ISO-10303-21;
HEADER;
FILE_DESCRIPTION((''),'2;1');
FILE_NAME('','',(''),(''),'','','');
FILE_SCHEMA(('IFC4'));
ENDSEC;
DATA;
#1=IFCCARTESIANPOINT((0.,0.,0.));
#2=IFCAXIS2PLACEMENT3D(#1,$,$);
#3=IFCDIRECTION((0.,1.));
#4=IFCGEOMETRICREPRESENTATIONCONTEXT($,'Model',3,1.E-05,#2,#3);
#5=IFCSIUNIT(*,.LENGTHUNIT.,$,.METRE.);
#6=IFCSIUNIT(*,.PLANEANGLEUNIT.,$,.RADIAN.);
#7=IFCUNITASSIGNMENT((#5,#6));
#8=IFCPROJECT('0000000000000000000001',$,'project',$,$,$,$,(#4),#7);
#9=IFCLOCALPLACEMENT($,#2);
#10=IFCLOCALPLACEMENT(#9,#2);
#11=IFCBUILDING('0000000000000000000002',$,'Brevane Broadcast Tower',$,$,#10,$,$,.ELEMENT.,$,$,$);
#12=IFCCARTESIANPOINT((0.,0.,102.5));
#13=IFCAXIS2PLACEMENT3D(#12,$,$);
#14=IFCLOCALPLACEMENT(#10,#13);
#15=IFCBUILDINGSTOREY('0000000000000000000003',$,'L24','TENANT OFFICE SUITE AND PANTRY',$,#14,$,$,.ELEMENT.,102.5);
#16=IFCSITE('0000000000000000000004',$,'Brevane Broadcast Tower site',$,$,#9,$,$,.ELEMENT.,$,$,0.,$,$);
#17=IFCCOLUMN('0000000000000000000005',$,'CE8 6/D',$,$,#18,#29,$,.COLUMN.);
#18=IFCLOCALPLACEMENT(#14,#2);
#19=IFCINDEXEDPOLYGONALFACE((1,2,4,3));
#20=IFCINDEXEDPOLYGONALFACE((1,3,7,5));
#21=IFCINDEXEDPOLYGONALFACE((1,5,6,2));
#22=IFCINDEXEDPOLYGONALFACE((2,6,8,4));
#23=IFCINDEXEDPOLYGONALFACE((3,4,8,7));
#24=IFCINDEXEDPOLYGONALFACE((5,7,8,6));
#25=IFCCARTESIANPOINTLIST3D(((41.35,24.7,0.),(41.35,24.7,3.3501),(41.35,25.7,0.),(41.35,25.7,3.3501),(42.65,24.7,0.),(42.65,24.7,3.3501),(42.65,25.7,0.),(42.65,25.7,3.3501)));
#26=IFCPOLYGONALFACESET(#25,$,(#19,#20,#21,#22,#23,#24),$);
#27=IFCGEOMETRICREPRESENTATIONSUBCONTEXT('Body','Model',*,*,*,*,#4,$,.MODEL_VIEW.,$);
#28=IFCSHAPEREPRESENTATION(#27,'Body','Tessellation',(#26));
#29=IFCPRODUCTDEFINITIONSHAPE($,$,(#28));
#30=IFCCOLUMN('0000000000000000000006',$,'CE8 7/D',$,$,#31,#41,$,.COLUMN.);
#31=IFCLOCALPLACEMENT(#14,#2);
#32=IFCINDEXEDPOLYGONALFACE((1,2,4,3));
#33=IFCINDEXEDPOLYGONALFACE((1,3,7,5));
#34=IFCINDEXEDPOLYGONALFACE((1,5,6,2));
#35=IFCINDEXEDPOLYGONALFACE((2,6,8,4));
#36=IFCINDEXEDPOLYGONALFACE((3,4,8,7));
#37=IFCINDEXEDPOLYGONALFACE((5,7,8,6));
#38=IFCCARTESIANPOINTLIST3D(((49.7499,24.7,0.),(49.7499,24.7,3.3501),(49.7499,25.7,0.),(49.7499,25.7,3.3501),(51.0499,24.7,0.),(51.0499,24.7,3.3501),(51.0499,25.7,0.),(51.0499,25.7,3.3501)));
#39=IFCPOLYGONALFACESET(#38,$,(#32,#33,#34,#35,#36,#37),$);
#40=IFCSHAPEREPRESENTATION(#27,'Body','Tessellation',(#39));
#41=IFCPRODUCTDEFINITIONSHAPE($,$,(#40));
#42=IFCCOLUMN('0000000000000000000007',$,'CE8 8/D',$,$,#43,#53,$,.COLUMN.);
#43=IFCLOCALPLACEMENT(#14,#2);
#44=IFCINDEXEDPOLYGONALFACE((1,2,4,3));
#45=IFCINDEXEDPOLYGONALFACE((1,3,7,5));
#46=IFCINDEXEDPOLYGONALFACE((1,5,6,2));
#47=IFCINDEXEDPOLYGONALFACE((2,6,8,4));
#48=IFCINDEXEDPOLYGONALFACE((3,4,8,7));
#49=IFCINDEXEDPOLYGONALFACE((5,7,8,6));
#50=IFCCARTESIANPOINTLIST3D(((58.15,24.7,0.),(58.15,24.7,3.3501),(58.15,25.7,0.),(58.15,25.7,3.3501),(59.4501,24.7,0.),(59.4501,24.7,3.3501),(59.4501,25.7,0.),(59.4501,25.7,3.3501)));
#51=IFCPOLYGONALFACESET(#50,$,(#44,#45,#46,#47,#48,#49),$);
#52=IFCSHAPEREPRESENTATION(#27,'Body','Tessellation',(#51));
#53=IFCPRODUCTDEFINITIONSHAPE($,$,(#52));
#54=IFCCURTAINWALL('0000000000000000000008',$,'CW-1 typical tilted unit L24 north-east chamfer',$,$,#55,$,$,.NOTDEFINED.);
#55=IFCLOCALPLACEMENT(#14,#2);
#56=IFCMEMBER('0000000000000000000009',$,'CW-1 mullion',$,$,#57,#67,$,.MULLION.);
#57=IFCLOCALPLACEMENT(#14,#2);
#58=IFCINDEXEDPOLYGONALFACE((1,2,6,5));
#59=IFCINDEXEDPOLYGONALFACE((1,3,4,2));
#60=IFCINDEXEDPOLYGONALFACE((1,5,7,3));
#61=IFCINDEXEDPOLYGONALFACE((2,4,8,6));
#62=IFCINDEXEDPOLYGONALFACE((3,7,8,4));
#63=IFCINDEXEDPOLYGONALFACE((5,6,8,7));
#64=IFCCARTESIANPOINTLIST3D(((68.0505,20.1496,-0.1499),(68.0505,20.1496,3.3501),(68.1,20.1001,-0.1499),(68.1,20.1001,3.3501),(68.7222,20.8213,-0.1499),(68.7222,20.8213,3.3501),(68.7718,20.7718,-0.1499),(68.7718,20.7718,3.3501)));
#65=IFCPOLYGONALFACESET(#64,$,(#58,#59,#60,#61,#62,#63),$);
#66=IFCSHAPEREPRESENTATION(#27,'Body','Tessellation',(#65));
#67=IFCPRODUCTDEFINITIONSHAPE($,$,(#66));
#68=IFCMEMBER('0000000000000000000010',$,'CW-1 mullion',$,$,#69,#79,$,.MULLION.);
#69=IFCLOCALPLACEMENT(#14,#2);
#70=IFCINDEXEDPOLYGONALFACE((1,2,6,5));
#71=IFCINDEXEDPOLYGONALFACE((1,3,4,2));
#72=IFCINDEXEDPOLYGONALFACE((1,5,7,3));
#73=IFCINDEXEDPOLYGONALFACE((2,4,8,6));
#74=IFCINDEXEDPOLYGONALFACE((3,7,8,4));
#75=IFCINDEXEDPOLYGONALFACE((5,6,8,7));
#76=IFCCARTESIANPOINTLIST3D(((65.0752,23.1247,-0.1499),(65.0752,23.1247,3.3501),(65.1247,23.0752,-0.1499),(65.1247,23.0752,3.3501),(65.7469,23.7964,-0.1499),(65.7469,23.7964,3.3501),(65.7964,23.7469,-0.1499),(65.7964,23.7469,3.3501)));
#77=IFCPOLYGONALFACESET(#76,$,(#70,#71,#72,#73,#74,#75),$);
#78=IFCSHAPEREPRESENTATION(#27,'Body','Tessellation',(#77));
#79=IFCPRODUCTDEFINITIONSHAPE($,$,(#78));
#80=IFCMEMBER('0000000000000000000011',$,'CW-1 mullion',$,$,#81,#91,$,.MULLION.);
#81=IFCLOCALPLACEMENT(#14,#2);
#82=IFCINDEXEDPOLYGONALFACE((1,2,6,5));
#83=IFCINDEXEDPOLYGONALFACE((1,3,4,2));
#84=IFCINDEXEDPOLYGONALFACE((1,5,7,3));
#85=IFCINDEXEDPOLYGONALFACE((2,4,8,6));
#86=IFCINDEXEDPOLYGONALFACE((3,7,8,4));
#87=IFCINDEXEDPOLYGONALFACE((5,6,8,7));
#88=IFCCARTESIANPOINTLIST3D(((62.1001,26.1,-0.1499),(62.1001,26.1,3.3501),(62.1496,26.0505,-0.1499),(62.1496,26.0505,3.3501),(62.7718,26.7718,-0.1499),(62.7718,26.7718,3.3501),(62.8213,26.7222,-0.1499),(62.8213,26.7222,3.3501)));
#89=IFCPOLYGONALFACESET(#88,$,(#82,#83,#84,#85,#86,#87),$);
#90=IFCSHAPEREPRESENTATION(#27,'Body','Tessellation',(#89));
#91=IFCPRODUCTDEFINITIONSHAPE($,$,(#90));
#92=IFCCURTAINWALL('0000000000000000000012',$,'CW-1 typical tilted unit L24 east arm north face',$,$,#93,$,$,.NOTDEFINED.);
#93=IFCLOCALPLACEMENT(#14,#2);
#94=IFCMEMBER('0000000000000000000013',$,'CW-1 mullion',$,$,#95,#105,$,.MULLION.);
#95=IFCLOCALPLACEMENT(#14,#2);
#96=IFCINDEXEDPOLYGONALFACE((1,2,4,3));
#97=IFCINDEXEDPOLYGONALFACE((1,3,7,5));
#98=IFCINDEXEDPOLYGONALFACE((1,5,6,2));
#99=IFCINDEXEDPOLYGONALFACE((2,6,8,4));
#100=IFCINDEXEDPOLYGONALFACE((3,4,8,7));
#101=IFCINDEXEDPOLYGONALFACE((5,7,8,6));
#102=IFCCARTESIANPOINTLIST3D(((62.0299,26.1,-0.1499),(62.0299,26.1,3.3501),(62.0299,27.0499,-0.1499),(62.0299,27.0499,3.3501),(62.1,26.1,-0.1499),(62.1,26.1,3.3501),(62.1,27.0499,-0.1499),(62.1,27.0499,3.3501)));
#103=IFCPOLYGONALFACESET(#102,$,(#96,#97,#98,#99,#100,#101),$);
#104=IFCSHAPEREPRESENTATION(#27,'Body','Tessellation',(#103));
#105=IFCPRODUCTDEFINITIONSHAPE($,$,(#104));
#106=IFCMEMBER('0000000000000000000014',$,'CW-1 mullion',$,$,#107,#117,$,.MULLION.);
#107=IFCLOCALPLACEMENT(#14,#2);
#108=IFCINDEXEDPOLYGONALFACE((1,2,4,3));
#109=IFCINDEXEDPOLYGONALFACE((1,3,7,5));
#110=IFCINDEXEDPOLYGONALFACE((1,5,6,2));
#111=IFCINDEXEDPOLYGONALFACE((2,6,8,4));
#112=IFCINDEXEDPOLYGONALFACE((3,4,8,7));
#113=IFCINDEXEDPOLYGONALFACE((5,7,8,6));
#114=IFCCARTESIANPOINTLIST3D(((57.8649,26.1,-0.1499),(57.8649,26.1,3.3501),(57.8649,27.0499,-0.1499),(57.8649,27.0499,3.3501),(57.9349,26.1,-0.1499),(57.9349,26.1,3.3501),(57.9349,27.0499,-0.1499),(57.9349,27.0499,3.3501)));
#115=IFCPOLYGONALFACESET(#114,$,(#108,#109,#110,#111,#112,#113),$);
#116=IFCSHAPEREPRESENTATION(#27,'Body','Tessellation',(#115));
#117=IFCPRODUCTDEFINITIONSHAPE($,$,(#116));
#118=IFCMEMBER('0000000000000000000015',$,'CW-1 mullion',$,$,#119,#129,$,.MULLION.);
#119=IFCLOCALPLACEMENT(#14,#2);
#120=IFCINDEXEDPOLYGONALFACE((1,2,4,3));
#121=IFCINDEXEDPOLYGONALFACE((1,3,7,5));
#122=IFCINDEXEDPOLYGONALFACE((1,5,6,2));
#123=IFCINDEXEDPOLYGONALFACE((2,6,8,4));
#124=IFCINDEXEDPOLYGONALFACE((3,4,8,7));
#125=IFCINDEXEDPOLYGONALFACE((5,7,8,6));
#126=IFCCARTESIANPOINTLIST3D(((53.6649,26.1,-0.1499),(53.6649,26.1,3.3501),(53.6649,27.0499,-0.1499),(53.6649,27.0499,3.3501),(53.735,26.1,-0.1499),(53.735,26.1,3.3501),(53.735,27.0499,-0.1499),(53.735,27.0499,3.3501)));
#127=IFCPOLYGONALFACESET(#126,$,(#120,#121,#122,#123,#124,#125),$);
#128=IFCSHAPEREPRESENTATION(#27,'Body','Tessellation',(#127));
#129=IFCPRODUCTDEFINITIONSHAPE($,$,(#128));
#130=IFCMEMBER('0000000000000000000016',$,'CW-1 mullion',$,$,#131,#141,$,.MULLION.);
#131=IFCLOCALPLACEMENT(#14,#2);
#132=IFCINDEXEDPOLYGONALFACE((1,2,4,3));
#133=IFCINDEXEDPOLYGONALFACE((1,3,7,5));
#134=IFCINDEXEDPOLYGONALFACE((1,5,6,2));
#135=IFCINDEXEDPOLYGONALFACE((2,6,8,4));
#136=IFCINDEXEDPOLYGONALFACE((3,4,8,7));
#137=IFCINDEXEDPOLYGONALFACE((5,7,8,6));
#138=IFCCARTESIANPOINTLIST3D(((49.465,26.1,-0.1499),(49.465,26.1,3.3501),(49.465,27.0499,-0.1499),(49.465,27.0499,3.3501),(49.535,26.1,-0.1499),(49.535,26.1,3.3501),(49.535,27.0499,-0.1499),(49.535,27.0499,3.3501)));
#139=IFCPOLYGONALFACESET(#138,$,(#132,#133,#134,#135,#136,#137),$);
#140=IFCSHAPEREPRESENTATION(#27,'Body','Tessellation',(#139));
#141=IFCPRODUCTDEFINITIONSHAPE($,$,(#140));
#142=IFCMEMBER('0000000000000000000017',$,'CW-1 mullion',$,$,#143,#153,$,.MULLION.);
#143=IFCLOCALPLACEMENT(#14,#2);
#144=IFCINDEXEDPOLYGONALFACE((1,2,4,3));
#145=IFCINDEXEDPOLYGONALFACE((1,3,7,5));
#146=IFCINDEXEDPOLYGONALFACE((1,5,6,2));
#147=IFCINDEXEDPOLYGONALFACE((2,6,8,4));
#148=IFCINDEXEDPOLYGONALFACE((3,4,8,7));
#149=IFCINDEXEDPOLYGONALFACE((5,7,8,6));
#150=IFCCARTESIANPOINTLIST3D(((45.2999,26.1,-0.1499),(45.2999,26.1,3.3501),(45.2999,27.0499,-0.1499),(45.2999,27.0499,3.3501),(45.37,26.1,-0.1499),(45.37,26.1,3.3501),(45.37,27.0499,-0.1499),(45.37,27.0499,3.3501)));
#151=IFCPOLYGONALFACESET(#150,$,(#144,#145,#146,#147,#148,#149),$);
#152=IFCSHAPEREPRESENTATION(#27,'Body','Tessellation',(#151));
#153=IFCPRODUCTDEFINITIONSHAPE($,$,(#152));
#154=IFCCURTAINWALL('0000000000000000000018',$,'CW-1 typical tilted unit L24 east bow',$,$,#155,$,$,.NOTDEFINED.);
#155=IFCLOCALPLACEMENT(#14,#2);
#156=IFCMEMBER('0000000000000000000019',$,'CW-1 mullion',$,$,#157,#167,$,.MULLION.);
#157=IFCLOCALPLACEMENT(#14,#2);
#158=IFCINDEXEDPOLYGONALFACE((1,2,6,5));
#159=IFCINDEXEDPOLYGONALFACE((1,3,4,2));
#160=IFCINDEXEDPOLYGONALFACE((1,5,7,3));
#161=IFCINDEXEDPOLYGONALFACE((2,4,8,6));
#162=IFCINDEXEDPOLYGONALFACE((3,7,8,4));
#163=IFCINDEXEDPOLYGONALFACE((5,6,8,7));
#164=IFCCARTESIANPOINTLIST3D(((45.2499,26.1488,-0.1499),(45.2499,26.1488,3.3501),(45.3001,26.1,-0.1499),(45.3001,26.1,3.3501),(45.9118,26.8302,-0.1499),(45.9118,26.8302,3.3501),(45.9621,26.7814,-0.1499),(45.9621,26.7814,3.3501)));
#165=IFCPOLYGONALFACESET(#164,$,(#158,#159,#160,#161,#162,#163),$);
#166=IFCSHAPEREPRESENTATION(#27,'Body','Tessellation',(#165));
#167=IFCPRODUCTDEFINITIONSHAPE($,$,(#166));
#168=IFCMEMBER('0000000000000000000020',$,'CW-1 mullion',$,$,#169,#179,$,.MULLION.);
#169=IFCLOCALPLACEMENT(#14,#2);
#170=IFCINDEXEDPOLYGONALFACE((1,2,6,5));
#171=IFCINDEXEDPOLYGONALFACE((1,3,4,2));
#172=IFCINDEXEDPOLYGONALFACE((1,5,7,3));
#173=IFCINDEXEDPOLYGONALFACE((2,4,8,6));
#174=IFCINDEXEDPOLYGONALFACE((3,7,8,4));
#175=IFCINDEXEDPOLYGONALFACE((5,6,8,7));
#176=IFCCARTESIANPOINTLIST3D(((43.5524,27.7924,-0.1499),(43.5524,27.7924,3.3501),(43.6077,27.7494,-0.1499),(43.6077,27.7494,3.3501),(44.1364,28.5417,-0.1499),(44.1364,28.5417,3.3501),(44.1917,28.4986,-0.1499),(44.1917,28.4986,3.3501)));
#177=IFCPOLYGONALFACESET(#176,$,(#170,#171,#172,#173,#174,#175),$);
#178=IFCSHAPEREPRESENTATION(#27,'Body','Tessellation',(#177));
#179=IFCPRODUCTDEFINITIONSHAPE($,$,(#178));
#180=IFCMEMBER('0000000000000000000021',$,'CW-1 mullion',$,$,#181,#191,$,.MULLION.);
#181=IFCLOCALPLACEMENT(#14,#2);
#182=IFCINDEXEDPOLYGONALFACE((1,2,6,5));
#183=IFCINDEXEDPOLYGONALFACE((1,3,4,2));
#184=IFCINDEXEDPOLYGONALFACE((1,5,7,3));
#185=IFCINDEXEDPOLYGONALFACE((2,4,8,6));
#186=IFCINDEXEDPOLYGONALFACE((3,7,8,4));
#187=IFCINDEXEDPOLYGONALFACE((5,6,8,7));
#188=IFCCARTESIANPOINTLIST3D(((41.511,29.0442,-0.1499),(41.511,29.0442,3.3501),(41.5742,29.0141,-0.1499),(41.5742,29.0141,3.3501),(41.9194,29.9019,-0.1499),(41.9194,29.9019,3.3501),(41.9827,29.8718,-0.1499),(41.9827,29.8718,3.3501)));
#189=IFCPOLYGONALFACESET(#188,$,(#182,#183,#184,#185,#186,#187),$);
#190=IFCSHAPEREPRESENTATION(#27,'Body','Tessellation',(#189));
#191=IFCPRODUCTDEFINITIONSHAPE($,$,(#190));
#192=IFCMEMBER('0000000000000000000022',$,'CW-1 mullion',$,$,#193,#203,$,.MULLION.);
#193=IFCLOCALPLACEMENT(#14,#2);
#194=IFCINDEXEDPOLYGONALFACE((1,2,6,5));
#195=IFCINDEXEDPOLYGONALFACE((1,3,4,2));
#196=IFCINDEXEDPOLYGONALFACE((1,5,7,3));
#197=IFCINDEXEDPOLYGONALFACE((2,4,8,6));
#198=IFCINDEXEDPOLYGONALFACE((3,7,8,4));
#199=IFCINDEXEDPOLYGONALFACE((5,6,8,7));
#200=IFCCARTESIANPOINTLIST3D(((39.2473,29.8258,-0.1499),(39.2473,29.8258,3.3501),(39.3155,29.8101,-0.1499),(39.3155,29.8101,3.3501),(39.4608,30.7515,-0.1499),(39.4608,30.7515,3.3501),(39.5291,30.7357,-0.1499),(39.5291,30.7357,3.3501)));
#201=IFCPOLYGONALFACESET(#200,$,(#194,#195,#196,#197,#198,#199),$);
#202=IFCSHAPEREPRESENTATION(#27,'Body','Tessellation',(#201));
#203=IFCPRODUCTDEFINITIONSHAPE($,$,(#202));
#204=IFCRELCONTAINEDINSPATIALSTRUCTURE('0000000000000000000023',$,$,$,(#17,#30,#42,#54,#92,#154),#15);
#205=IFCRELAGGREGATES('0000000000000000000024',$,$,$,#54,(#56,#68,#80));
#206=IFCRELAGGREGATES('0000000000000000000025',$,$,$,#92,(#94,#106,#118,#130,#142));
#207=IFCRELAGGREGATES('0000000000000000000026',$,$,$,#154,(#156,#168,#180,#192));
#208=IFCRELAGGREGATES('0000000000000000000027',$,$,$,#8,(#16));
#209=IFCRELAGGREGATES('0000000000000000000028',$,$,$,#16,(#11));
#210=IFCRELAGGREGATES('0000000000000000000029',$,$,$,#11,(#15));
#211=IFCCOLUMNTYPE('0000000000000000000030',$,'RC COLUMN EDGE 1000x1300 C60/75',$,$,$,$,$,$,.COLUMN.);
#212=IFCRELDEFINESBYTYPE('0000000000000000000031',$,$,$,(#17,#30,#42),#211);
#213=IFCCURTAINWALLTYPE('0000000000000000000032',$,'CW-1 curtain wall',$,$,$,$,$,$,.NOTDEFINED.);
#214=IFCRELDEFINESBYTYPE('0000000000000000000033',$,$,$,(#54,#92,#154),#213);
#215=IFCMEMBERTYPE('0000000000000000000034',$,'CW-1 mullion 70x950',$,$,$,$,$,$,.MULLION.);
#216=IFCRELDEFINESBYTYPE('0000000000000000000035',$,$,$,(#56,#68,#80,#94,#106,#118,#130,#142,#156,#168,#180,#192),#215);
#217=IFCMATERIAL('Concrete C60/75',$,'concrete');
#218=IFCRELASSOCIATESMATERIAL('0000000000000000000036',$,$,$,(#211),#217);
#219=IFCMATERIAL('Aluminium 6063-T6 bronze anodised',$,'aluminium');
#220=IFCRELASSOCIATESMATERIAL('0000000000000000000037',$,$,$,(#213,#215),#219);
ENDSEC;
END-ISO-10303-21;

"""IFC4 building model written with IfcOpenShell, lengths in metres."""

from ifc_helpers import new_model, si_unit, direction, frame, origin, origin_2d, place, context, subcontext, project, spatial, rectangle, extrude, material, material_profile, profile_set, type_object, element, aggregate, save


model = new_model("IFC4")

# Units and contexts
model_context = context("Model", 3, precision=1e-05, world=origin(), true_north=direction((0.0, 1.0)))
body_context = subcontext(model_context, "Body", "Model", "MODEL_VIEW")
ifc_project = project(units=[si_unit("LENGTHUNIT", "METRE"), si_unit("PLANEANGLEUNIT", "RADIAN")], contexts=[model_context])

# Site, building, storey
site_placement = place(None, origin())
site = spatial("IfcSite", under=ifc_project, at=site_placement, Name="Brevane Broadcast Tower site", CompositionType="ELEMENT", RefElevation=0.0)
building_placement = place(site_placement, origin())
building = spatial("IfcBuilding", under=site, at=building_placement, Name="Brevane Broadcast Tower", CompositionType="ELEMENT")
storey_placement = place(building_placement, frame((0.0, 0.0, 102.5)))
storey = spatial("IfcBuildingStorey", under=building, at=storey_placement, Name="L24", Description="TENANT OFFICE SUITE AND PANTRY", CompositionType="ELEMENT", Elevation=102.5)

# Columns
ifc_material_1 = material(Name="Concrete C60/75", Category="concrete")
ifc_material_profile_1 = material_profile(ifc_material_1, rectangle(XDim=1.0, YDim=1.3, at=origin_2d()), Name="RC 1000x1300")
ifc_profile_set_1 = profile_set([ifc_material_profile_1], Name="Concrete C60/75")
column_type = type_object("IfcColumnType", Name="RC COLUMN EDGE 1000x1300 C60/75", PredefinedType="COLUMN", material=ifc_profile_set_1)
for number, where, z_axis, x_axis, name in (
    (1, (42.0, 25.2, 0.0), (0.0, 0.0, 1.0), (0.0, 1.0, 0.0), "CE8 6/D"),
    (2, (50.3999, 25.2, 0.0), (0.0, 0.0, 1.0), (0.0, 1.0, 0.0), "CE8 7/D"),
    (3, (58.8, 25.2, 0.0), (0.0, 0.0, 1.0), (0.0, 1.0, 0.0), "CE8 8/D"),
):
    element("IfcColumn", number, at=place(storey_placement, frame(where, z_axis=z_axis, x_axis=x_axis)), inside=storey, type_object=column_type, Name=name, PredefinedType="COLUMN", context=body_context, shape_type="SweptSolid", body=[
        extrude(rectangle(XDim=1.0, YDim=1.3, at=origin_2d()), origin(), (0.0, 0.0, 1.0), 3.3501),
    ])

# Curtain walls, members
ifc_material_2 = material(Name="Aluminium 6063-T6 bronze anodised", Category="aluminium")
curtain_wall_type = type_object("IfcCurtainWallType", Name="CW-1 curtain wall", PredefinedType="NOTDEFINED", material=ifc_material_2)
curtain_wall_1_placement = place(storey_placement, origin())
curtain_wall_1 = element("IfcCurtainWall", 4, at=curtain_wall_1_placement, inside=storey, type_object=curtain_wall_type, Name="CW-1 typical tilted unit L24 north-east chamfer", PredefinedType="NOTDEFINED")
ifc_material_profile_2 = material_profile(ifc_material_2, rectangle(XDim=0.95, YDim=0.0701, at=origin_2d()), Name="RECT 70x950")
ifc_profile_set_2 = profile_set([ifc_material_profile_2], Name="Aluminium 6063-T6 bronze anodised")
member_type_1 = type_object("IfcMemberType", Name="CW-1 mullion 70x950", PredefinedType="MULLION", material=ifc_profile_set_2)
member_1_placement = place(storey_placement, frame((68.4111, 20.4607, -0.1499), z_axis=(0.0, 0.0, 1.0), x_axis=(-0.707107, -0.707107, 0.0)))
member_1 = element("IfcMember", 5, at=member_1_placement, type_object=member_type_1, Name="CW-1 mullion", PredefinedType="MULLION", context=body_context, shape_type="SweptSolid", body=[
    extrude(rectangle(XDim=0.95, YDim=0.0701, at=origin_2d()), origin(), (0.0, 0.0, 1.0), 3.5),
])
member_2_placement = place(storey_placement, frame((65.4358, 23.4358, -0.1499), z_axis=(0.0, 0.0, 1.0), x_axis=(-0.707107, -0.707107, 0.0)))
member_2 = element("IfcMember", 6, at=member_2_placement, type_object=member_type_1, Name="CW-1 mullion", PredefinedType="MULLION", context=body_context, shape_type="SweptSolid", body=[
    extrude(rectangle(XDim=0.95, YDim=0.0701, at=origin_2d()), origin(), (0.0, 0.0, 1.0), 3.5),
])
member_3_placement = place(storey_placement, frame((62.4607, 26.4111, -0.1499), z_axis=(0.0, 0.0, 1.0), x_axis=(-0.707107, -0.707107, 0.0)))
member_3 = element("IfcMember", 7, at=member_3_placement, type_object=member_type_1, Name="CW-1 mullion", PredefinedType="MULLION", context=body_context, shape_type="SweptSolid", body=[
    extrude(rectangle(XDim=0.95, YDim=0.0701, at=origin_2d()), origin(), (0.0, 0.0, 1.0), 3.5),
])
curtain_wall_2_placement = place(storey_placement, origin())
curtain_wall_2 = element("IfcCurtainWall", 8, at=curtain_wall_2_placement, inside=storey, type_object=curtain_wall_type, Name="CW-1 typical tilted unit L24 east arm north face", PredefinedType="NOTDEFINED")
member_4_placement = place(storey_placement, frame((62.0649, 26.575, -0.1499), z_axis=(0.0, 0.0, 1.0), x_axis=(0.0, -1.0, 0.0)))
member_4 = element("IfcMember", 9, at=member_4_placement, type_object=member_type_1, Name="CW-1 mullion", PredefinedType="MULLION", context=body_context, shape_type="SweptSolid", body=[
    extrude(rectangle(XDim=0.95, YDim=0.0701, at=origin_2d()), origin(), (0.0, 0.0, 1.0), 3.5),
])
member_5_placement = place(storey_placement, frame((57.8999, 26.575, -0.1499), z_axis=(0.0, 0.0, 1.0), x_axis=(0.0, -1.0, 0.0)))
member_5 = element("IfcMember", 10, at=member_5_placement, type_object=member_type_1, Name="CW-1 mullion", PredefinedType="MULLION", context=body_context, shape_type="SweptSolid", body=[
    extrude(rectangle(XDim=0.95, YDim=0.0701, at=origin_2d()), origin(), (0.0, 0.0, 1.0), 3.5),
])
member_6_placement = place(storey_placement, frame((53.7, 26.575, -0.1499), z_axis=(0.0, 0.0, 1.0), x_axis=(0.0, -1.0, 0.0)))
member_6 = element("IfcMember", 11, at=member_6_placement, type_object=member_type_1, Name="CW-1 mullion", PredefinedType="MULLION", context=body_context, shape_type="SweptSolid", body=[
    extrude(rectangle(XDim=0.95, YDim=0.0701, at=origin_2d()), origin(), (0.0, 0.0, 1.0), 3.5),
])
member_7_placement = place(storey_placement, frame((49.5, 26.575, -0.1499), z_axis=(0.0, 0.0, 1.0), x_axis=(0.0, -1.0, 0.0)))
member_7 = element("IfcMember", 12, at=member_7_placement, type_object=member_type_1, Name="CW-1 mullion", PredefinedType="MULLION", context=body_context, shape_type="SweptSolid", body=[
    extrude(rectangle(XDim=0.95, YDim=0.0701, at=origin_2d()), origin(), (0.0, 0.0, 1.0), 3.5),
])
member_8_placement = place(storey_placement, frame((45.335, 26.575, -0.1499), z_axis=(0.0, 0.0, 1.0), x_axis=(0.0, -1.0, 0.0)))
member_8 = element("IfcMember", 13, at=member_8_placement, type_object=member_type_1, Name="CW-1 mullion", PredefinedType="MULLION", context=body_context, shape_type="SweptSolid", body=[
    extrude(rectangle(XDim=0.95, YDim=0.0701, at=origin_2d()), origin(), (0.0, 0.0, 1.0), 3.5),
])
curtain_wall_3_placement = place(storey_placement, origin())
curtain_wall_3 = element("IfcCurtainWall", 14, at=curtain_wall_3_placement, inside=storey, type_object=curtain_wall_type, Name="CW-1 typical tilted unit L24 east bow", PredefinedType="NOTDEFINED")
member_9_placement = place(storey_placement, frame((45.606, 26.4651, -0.1499), z_axis=(0.0, 0.0, 1.0), x_axis=(-0.696812, -0.717254, 0.0)))
member_9 = element("IfcMember", 15, at=member_9_placement, type_object=member_type_1, Name="CW-1 mullion", PredefinedType="MULLION", context=body_context, shape_type="SweptSolid", body=[
    extrude(rectangle(XDim=0.95, YDim=0.0701, at=origin_2d()), origin(), (0.0, 0.0, 1.0), 3.5),
])
member_10_placement = place(storey_placement, frame((43.8721, 28.1455, -0.1499), z_axis=(0.0, 0.0, 1.0), x_axis=(-0.61477, -0.788707, 0.0)))
member_10 = element("IfcMember", 16, at=member_10_placement, type_object=member_type_1, Name="CW-1 mullion", PredefinedType="MULLION", context=body_context, shape_type="SweptSolid", body=[
    extrude(rectangle(XDim=0.95, YDim=0.0701, at=origin_2d()), origin(), (0.0, 0.0, 1.0), 3.5),
])
member_11_placement = place(storey_placement, frame((41.7468, 29.458, -0.1499), z_axis=(0.0, 0.0, 1.0), x_axis=(-0.429934, -0.902861, 0.0)))
member_11 = element("IfcMember", 17, at=member_11_placement, type_object=member_type_1, Name="CW-1 mullion", PredefinedType="MULLION", context=body_context, shape_type="SweptSolid", body=[
    extrude(rectangle(XDim=0.95, YDim=0.0701, at=origin_2d()), origin(), (0.0, 0.0, 1.0), 3.5),
])
member_12_placement = place(storey_placement, frame((39.3882, 30.2808, -0.1499), z_axis=(0.0, 0.0, 1.0), x_axis=(-0.224806, -0.974403, 0.0)))
member_12 = element("IfcMember", 18, at=member_12_placement, type_object=member_type_1, Name="CW-1 mullion", PredefinedType="MULLION", context=body_context, shape_type="SweptSolid", body=[
    extrude(rectangle(XDim=0.95, YDim=0.0701, at=origin_2d()), origin(), (0.0, 0.0, 1.0), 3.5),
])

aggregate(curtain_wall_1, [member_1, member_2, member_3])
aggregate(curtain_wall_2, [member_4, member_5, member_6, member_7, member_8])
aggregate(curtain_wall_3, [member_9, member_10, member_11, member_12])

save(model, "model.ifc")
